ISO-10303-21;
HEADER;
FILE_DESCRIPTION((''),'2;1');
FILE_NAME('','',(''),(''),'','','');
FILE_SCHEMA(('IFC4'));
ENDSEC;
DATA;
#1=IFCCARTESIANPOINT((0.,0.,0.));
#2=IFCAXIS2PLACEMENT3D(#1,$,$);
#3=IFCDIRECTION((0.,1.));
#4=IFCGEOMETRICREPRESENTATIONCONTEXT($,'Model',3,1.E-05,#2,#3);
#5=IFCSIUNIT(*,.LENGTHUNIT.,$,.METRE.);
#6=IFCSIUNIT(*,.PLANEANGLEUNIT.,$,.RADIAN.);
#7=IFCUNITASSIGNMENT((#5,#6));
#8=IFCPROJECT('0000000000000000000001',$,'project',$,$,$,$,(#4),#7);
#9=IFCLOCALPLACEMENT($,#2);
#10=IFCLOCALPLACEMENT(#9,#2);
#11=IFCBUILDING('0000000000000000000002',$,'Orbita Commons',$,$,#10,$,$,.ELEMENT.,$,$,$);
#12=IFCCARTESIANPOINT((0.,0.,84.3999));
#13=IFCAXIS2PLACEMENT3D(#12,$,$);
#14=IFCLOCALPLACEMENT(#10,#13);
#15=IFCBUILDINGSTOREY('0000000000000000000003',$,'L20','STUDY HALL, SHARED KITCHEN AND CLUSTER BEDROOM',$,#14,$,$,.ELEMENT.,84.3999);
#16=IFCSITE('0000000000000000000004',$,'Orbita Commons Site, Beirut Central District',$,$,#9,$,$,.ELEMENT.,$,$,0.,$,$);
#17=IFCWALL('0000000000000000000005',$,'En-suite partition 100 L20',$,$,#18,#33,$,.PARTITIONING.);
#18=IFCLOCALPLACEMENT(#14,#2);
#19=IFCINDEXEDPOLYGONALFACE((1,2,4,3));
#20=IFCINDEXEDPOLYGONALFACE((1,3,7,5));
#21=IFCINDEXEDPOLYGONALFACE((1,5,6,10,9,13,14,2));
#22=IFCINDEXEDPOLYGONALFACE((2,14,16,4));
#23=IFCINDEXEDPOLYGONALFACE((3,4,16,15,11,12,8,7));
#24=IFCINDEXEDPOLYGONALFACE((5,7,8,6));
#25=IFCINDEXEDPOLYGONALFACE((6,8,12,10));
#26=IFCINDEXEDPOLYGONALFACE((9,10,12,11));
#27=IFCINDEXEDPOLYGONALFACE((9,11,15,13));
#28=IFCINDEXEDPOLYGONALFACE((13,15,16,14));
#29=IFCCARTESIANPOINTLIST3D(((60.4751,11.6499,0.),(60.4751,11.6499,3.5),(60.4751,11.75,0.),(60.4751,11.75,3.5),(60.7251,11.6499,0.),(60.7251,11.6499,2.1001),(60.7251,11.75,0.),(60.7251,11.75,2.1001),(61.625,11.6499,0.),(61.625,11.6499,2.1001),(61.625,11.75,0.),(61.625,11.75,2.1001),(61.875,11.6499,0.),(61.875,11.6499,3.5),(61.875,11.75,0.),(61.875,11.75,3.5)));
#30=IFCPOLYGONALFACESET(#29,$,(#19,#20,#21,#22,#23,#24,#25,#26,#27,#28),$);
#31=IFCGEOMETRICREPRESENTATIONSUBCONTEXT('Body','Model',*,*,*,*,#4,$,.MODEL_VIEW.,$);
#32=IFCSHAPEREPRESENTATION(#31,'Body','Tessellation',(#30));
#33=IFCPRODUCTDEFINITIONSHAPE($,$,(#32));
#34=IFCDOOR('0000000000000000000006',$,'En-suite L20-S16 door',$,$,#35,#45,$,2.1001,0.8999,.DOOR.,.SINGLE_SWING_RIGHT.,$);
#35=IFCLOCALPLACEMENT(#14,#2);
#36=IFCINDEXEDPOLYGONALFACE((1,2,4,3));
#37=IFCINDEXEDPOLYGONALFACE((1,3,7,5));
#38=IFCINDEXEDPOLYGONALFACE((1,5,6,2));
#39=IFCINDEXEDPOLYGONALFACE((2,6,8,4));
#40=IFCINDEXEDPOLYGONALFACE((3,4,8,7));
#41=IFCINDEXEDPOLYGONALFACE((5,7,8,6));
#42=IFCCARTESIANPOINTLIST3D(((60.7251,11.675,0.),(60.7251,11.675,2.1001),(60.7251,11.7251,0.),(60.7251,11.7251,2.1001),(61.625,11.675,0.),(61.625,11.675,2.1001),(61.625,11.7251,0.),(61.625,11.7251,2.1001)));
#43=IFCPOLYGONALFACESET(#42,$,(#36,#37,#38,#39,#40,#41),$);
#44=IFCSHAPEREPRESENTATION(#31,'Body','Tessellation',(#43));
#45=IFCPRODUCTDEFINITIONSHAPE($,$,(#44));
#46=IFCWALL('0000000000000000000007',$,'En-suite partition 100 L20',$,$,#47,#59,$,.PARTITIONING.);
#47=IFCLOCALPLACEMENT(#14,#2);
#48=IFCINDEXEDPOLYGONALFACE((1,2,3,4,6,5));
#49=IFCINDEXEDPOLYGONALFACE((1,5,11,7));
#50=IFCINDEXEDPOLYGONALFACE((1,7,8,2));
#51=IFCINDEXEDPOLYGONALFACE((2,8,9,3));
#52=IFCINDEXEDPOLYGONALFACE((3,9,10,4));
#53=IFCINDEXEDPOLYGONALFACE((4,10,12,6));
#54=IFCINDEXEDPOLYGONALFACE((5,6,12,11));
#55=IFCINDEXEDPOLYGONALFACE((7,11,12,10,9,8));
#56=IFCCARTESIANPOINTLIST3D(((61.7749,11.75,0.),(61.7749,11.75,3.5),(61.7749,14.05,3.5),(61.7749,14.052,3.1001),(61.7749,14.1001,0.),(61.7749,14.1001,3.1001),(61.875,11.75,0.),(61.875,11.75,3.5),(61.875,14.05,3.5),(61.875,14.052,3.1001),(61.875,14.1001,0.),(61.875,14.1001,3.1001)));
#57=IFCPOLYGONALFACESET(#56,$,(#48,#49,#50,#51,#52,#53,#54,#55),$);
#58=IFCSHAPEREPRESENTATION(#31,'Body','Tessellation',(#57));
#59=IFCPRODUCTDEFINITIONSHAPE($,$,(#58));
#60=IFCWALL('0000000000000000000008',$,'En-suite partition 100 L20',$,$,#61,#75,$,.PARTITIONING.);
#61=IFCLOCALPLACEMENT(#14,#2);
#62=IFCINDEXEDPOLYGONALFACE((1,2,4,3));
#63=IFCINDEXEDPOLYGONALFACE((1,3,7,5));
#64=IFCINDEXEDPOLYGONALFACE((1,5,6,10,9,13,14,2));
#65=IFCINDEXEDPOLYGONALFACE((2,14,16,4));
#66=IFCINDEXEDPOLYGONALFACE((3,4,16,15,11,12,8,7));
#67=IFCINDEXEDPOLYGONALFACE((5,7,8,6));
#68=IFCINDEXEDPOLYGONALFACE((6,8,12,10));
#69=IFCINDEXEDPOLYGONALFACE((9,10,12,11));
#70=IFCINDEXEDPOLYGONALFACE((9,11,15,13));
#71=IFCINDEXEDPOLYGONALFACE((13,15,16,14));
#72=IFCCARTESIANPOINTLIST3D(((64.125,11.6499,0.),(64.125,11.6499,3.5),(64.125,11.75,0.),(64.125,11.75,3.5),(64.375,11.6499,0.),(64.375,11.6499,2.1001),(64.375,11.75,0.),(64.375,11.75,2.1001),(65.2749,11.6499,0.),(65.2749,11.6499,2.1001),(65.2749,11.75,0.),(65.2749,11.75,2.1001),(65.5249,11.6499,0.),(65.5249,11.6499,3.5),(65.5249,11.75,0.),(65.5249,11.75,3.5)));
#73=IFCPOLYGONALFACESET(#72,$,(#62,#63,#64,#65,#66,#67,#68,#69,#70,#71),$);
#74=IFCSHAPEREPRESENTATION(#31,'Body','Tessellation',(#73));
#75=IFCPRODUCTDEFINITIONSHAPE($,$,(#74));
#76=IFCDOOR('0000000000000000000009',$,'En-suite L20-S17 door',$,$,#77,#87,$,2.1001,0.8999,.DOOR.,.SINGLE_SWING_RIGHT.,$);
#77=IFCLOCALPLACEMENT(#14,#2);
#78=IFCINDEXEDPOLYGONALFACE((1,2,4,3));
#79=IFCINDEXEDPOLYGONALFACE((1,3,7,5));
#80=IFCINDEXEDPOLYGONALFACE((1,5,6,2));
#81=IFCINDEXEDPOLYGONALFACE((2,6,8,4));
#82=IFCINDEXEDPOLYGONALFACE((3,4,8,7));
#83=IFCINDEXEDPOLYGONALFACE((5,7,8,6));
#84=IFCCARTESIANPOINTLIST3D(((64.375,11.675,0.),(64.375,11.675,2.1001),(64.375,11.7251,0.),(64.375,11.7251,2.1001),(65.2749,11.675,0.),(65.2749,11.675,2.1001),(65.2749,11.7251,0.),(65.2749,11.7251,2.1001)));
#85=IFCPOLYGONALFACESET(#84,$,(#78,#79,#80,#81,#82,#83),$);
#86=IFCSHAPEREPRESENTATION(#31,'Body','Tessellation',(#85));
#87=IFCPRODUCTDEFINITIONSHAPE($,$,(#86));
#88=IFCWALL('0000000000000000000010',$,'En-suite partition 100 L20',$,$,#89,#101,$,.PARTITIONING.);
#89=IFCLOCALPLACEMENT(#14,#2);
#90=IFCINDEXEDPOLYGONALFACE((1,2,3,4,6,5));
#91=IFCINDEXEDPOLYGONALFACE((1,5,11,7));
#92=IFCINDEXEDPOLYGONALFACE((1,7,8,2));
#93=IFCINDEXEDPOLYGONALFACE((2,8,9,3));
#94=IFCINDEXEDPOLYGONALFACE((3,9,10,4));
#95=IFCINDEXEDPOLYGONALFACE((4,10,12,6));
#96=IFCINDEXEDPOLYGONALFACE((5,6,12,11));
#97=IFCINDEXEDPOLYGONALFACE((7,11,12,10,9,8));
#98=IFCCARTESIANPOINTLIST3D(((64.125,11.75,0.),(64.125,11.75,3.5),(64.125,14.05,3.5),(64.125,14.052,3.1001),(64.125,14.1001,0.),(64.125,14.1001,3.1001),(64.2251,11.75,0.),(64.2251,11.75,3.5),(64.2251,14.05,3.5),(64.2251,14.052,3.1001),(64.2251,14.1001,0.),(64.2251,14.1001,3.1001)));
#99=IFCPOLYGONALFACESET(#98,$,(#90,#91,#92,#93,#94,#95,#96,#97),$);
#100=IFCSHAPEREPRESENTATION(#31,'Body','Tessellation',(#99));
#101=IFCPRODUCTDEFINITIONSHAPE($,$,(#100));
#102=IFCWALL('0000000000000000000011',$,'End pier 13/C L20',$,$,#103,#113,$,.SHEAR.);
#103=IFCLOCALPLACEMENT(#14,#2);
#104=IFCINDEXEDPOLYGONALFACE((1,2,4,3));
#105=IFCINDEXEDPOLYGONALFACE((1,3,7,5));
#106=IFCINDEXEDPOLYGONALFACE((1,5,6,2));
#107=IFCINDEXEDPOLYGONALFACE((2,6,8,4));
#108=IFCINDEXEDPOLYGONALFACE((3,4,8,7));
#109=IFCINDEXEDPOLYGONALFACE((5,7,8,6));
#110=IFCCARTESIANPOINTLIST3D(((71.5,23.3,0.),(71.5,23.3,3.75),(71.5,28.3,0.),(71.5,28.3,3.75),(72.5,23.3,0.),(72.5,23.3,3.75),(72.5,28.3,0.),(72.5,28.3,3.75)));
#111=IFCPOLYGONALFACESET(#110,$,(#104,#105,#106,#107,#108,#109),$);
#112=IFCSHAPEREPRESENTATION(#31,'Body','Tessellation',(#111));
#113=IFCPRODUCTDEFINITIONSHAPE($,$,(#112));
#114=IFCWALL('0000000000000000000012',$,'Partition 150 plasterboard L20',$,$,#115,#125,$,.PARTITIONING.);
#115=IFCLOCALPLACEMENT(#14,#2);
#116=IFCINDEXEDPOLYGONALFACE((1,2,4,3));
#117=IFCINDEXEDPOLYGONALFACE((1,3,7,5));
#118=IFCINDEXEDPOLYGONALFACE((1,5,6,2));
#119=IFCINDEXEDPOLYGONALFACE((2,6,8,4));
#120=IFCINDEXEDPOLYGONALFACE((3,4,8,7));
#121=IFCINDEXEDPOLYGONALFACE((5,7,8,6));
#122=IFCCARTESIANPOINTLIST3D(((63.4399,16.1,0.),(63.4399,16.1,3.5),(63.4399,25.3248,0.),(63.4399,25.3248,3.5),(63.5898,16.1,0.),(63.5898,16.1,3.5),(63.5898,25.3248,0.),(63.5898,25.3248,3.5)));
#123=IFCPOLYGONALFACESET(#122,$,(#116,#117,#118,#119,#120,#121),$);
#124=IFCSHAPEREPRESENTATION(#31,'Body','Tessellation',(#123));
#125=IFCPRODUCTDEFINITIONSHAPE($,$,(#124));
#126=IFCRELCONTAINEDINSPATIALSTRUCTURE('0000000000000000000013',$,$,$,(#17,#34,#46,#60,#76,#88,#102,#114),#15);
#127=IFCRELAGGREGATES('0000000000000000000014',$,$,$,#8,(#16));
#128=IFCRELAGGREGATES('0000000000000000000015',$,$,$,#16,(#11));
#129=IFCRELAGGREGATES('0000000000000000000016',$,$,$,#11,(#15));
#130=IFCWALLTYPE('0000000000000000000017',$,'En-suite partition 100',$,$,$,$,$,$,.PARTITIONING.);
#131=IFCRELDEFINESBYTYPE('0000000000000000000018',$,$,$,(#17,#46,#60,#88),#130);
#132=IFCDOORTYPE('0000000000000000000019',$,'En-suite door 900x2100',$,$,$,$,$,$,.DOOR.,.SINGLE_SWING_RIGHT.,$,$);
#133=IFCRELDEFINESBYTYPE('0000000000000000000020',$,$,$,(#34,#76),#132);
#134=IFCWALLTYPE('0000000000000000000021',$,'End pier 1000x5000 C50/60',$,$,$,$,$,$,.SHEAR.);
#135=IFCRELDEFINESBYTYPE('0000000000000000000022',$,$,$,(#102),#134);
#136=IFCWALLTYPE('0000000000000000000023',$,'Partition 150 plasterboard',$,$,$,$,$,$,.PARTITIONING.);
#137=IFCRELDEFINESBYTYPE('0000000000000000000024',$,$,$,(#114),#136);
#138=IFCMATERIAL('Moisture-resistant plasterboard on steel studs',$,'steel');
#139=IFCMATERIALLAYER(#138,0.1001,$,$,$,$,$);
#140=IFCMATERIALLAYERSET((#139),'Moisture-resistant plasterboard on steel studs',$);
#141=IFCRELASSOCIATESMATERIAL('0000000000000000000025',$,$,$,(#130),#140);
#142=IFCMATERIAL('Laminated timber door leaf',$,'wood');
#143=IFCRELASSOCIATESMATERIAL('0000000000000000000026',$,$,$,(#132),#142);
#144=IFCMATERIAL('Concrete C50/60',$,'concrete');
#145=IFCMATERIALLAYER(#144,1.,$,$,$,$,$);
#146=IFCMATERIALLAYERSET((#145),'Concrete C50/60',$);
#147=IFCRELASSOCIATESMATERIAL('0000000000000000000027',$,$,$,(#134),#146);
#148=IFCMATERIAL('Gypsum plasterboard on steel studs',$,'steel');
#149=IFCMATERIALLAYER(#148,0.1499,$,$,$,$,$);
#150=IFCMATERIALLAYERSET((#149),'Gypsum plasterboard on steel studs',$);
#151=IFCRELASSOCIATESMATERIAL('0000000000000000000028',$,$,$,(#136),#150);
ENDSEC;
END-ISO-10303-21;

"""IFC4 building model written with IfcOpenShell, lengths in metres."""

from ifc_helpers import new_model, si_unit, direction, frame, frame_2d, origin, place, context, subcontext, project, spatial, polyline, rectangle, outline, extrude, material, layer, layer_set, type_object, element, fill, save


model = new_model("IFC4")

# Units and contexts
model_context = context("Model", 3, precision=1e-05, world=origin(), true_north=direction((0.0, 1.0)))
body_context = subcontext(model_context, "Body", "Model", "MODEL_VIEW")
ifc_project = project(units=[si_unit("LENGTHUNIT", "METRE"), si_unit("PLANEANGLEUNIT", "RADIAN")], contexts=[model_context])

# Site, building, storey
site_placement = place(None, origin())
site = spatial("IfcSite", under=ifc_project, at=site_placement, Name="Orbita Commons Site, Beirut Central District", CompositionType="ELEMENT", RefElevation=0.0)
building_placement = place(site_placement, origin())
building = spatial("IfcBuilding", under=site, at=building_placement, Name="Orbita Commons", CompositionType="ELEMENT")
storey_placement = place(building_placement, frame((0.0, 0.0, 84.3999)))
storey = spatial("IfcBuildingStorey", under=building, at=storey_placement, Name="L20", Description="STUDY HALL, SHARED KITCHEN AND CLUSTER BEDROOM", CompositionType="ELEMENT", Elevation=84.3999)

# Wall, opening, door
ifc_material_1 = material(Name="Moisture-resistant plasterboard on steel studs", Category="steel")
ifc_layer_1 = layer(ifc_material_1, 0.1001)
ifc_layer_set_1 = layer_set([ifc_layer_1], Name="Moisture-resistant plasterboard on steel studs")
wall_type_1 = type_object("IfcWallType", Name="En-suite partition 100", PredefinedType="PARTITIONING", material=ifc_layer_set_1)
wall_1_placement = place(storey_placement, frame((61.875, 11.7, 0.0), z_axis=(0.0, 0.0, 1.0), x_axis=(-1.0, 0.0, 0.0)))
wall_1 = element("IfcWall", 1, at=wall_1_placement, inside=storey, type_object=wall_type_1, Name="En-suite partition 100 L20", PredefinedType="PARTITIONING", context=body_context, shape_type="SweptSolid", body=[
    extrude(rectangle(XDim=1.3999, YDim=0.1001, at=frame_2d((0.7, 0.0))), origin(), (0.0, 0.0, 1.0), 3.5),
])
opening_1_placement = place(wall_1_placement, frame((0.25, 0.0, 0.0)))
opening_1 = element("IfcOpeningElement", 2, at=opening_1_placement, cuts=wall_1, PredefinedType="OPENING", context=body_context, shape_type="SweptSolid", body=[
    extrude(rectangle(XDim=0.8999, YDim=2.1001, at=frame_2d((0.45, 1.05))), frame((0.0, 0.0601, 0.0), z_axis=(0.0, -1.0, 0.0), x_axis=(1.0, 0.0, 0.0)), (0.0, 0.0, 1.0), 0.1201),
])
ifc_material_2 = material(Name="Laminated timber door leaf", Category="wood")
door_type_1 = type_object("IfcDoorType", Name="En-suite door 900x2100", OperationType="SINGLE_SWING_RIGHT", PredefinedType="DOOR", material=ifc_material_2)
door_1_placement = place(opening_1_placement, origin())
door_1 = element("IfcDoor", 3, at=door_1_placement, inside=storey, type_object=door_type_1, Name="En-suite L20-S16 door", OperationType="SINGLE_SWING_RIGHT", OverallHeight=2.1001, OverallWidth=0.8999, PredefinedType="DOOR", context=body_context, shape_type="SweptSolid", body=[
    extrude(rectangle(XDim=0.8999, YDim=2.1001, at=frame_2d((0.45, 1.05))), frame((0.0, 0.0249, 0.0), z_axis=(0.0, -1.0, 0.0), x_axis=(1.0, 0.0, 0.0)), (0.0, 0.0, 1.0), 0.05),
])
fill(opening_1, door_1)

# Wall
wall_2_placement = place(storey_placement, frame((61.825, 11.75, 0.0), z_axis=(0.0, 0.0, 1.0), x_axis=(0.0, 1.0, 0.0)))
element("IfcWall", 4, at=wall_2_placement, inside=storey, type_object=wall_type_1, Name="En-suite partition 100 L20", PredefinedType="PARTITIONING", context=body_context, shape_type="SweptSolid", body=[
    extrude(outline(polyline([(0.0, 0.0), (2.3501, 0.0), (2.3501, 3.1001), (2.302, 3.1001), (2.3, 3.5), (0.0, 3.5), (0.0, 0.0)])), frame((0.0, 0.05, 0.0), z_axis=(0.0, -1.0, 0.0), x_axis=(1.0, 0.0, 0.0)), (0.0, 0.0, 1.0), 0.1001),
])

# Wall, opening, door
wall_3_placement = place(storey_placement, frame((65.5249, 11.7, 0.0), z_axis=(0.0, 0.0, 1.0), x_axis=(-1.0, 0.0, 0.0)))
wall_3 = element("IfcWall", 5, at=wall_3_placement, inside=storey, type_object=wall_type_1, Name="En-suite partition 100 L20", PredefinedType="PARTITIONING", context=body_context, shape_type="SweptSolid", body=[
    extrude(rectangle(XDim=1.3999, YDim=0.1001, at=frame_2d((0.7, 0.0))), origin(), (0.0, 0.0, 1.0), 3.5),
])
opening_2_placement = place(wall_3_placement, frame((0.25, 0.0, 0.0)))
opening_2 = element("IfcOpeningElement", 6, at=opening_2_placement, cuts=wall_3, PredefinedType="OPENING", context=body_context, shape_type="SweptSolid", body=[
    extrude(rectangle(XDim=0.8999, YDim=2.1001, at=frame_2d((0.45, 1.05))), frame((0.0, 0.0601, 0.0), z_axis=(0.0, -1.0, 0.0), x_axis=(1.0, 0.0, 0.0)), (0.0, 0.0, 1.0), 0.1201),
])
door_2_placement = place(opening_2_placement, origin())
door_2 = element("IfcDoor", 7, at=door_2_placement, inside=storey, type_object=door_type_1, Name="En-suite L20-S17 door", OperationType="SINGLE_SWING_RIGHT", OverallHeight=2.1001, OverallWidth=0.8999, PredefinedType="DOOR", context=body_context, shape_type="SweptSolid", body=[
    extrude(rectangle(XDim=0.8999, YDim=2.1001, at=frame_2d((0.45, 1.05))), frame((0.0, 0.0249, 0.0), z_axis=(0.0, -1.0, 0.0), x_axis=(1.0, 0.0, 0.0)), (0.0, 0.0, 1.0), 0.05),
])
fill(opening_2, door_2)

# Walls
wall_4_placement = place(storey_placement, frame((64.175, 11.75, 0.0), z_axis=(0.0, 0.0, 1.0), x_axis=(0.0, 1.0, 0.0)))
element("IfcWall", 8, at=wall_4_placement, inside=storey, type_object=wall_type_1, Name="En-suite partition 100 L20", PredefinedType="PARTITIONING", context=body_context, shape_type="SweptSolid", body=[
    extrude(outline(polyline([(0.0, 0.0), (2.3501, 0.0), (2.3501, 3.1001), (2.302, 3.1001), (2.3, 3.5), (0.0, 3.5), (0.0, 0.0)])), frame((0.0, 0.05, 0.0), z_axis=(0.0, -1.0, 0.0), x_axis=(1.0, 0.0, 0.0)), (0.0, 0.0, 1.0), 0.1001),
])
ifc_material_3 = material(Name="Concrete C50/60", Category="concrete")
ifc_layer_2 = layer(ifc_material_3, 1.0)
ifc_layer_set_2 = layer_set([ifc_layer_2], Name="Concrete C50/60")
wall_type_2 = type_object("IfcWallType", Name="End pier 1000x5000 C50/60", PredefinedType="SHEAR", material=ifc_layer_set_2)
wall_5_placement = place(storey_placement, frame((72.0, 23.3, 0.0), z_axis=(0.0, 0.0, 1.0), x_axis=(0.0, 1.0, 0.0)))
element("IfcWall", 9, at=wall_5_placement, inside=storey, type_object=wall_type_2, Name="End pier 13/C L20", PredefinedType="SHEAR", context=body_context, shape_type="SweptSolid", body=[
    extrude(rectangle(XDim=5.0, YDim=1.0, at=frame_2d((2.5, 0.0))), origin(), (0.0, 0.0, 1.0), 3.75),
])
ifc_material_4 = material(Name="Gypsum plasterboard on steel studs", Category="steel")
ifc_layer_3 = layer(ifc_material_4, 0.1499)
ifc_layer_set_3 = layer_set([ifc_layer_3], Name="Gypsum plasterboard on steel studs")
wall_type_3 = type_object("IfcWallType", Name="Partition 150 plasterboard", PredefinedType="PARTITIONING", material=ifc_layer_set_3)
wall_6_placement = place(storey_placement, frame((63.5149, 16.1001, 0.0), z_axis=(0.0, 0.0, 1.0), x_axis=(0.0, 1.0, 0.0)))
element("IfcWall", 10, at=wall_6_placement, inside=storey, type_object=wall_type_3, Name="Partition 150 plasterboard L20", PredefinedType="PARTITIONING", context=body_context, shape_type="SweptSolid", body=[
    extrude(rectangle(XDim=9.2249, YDim=0.1499, at=frame_2d((4.6123, 0.0))), origin(), (0.0, 0.0, 1.0), 3.5),
])

save(model, "model.ifc")
